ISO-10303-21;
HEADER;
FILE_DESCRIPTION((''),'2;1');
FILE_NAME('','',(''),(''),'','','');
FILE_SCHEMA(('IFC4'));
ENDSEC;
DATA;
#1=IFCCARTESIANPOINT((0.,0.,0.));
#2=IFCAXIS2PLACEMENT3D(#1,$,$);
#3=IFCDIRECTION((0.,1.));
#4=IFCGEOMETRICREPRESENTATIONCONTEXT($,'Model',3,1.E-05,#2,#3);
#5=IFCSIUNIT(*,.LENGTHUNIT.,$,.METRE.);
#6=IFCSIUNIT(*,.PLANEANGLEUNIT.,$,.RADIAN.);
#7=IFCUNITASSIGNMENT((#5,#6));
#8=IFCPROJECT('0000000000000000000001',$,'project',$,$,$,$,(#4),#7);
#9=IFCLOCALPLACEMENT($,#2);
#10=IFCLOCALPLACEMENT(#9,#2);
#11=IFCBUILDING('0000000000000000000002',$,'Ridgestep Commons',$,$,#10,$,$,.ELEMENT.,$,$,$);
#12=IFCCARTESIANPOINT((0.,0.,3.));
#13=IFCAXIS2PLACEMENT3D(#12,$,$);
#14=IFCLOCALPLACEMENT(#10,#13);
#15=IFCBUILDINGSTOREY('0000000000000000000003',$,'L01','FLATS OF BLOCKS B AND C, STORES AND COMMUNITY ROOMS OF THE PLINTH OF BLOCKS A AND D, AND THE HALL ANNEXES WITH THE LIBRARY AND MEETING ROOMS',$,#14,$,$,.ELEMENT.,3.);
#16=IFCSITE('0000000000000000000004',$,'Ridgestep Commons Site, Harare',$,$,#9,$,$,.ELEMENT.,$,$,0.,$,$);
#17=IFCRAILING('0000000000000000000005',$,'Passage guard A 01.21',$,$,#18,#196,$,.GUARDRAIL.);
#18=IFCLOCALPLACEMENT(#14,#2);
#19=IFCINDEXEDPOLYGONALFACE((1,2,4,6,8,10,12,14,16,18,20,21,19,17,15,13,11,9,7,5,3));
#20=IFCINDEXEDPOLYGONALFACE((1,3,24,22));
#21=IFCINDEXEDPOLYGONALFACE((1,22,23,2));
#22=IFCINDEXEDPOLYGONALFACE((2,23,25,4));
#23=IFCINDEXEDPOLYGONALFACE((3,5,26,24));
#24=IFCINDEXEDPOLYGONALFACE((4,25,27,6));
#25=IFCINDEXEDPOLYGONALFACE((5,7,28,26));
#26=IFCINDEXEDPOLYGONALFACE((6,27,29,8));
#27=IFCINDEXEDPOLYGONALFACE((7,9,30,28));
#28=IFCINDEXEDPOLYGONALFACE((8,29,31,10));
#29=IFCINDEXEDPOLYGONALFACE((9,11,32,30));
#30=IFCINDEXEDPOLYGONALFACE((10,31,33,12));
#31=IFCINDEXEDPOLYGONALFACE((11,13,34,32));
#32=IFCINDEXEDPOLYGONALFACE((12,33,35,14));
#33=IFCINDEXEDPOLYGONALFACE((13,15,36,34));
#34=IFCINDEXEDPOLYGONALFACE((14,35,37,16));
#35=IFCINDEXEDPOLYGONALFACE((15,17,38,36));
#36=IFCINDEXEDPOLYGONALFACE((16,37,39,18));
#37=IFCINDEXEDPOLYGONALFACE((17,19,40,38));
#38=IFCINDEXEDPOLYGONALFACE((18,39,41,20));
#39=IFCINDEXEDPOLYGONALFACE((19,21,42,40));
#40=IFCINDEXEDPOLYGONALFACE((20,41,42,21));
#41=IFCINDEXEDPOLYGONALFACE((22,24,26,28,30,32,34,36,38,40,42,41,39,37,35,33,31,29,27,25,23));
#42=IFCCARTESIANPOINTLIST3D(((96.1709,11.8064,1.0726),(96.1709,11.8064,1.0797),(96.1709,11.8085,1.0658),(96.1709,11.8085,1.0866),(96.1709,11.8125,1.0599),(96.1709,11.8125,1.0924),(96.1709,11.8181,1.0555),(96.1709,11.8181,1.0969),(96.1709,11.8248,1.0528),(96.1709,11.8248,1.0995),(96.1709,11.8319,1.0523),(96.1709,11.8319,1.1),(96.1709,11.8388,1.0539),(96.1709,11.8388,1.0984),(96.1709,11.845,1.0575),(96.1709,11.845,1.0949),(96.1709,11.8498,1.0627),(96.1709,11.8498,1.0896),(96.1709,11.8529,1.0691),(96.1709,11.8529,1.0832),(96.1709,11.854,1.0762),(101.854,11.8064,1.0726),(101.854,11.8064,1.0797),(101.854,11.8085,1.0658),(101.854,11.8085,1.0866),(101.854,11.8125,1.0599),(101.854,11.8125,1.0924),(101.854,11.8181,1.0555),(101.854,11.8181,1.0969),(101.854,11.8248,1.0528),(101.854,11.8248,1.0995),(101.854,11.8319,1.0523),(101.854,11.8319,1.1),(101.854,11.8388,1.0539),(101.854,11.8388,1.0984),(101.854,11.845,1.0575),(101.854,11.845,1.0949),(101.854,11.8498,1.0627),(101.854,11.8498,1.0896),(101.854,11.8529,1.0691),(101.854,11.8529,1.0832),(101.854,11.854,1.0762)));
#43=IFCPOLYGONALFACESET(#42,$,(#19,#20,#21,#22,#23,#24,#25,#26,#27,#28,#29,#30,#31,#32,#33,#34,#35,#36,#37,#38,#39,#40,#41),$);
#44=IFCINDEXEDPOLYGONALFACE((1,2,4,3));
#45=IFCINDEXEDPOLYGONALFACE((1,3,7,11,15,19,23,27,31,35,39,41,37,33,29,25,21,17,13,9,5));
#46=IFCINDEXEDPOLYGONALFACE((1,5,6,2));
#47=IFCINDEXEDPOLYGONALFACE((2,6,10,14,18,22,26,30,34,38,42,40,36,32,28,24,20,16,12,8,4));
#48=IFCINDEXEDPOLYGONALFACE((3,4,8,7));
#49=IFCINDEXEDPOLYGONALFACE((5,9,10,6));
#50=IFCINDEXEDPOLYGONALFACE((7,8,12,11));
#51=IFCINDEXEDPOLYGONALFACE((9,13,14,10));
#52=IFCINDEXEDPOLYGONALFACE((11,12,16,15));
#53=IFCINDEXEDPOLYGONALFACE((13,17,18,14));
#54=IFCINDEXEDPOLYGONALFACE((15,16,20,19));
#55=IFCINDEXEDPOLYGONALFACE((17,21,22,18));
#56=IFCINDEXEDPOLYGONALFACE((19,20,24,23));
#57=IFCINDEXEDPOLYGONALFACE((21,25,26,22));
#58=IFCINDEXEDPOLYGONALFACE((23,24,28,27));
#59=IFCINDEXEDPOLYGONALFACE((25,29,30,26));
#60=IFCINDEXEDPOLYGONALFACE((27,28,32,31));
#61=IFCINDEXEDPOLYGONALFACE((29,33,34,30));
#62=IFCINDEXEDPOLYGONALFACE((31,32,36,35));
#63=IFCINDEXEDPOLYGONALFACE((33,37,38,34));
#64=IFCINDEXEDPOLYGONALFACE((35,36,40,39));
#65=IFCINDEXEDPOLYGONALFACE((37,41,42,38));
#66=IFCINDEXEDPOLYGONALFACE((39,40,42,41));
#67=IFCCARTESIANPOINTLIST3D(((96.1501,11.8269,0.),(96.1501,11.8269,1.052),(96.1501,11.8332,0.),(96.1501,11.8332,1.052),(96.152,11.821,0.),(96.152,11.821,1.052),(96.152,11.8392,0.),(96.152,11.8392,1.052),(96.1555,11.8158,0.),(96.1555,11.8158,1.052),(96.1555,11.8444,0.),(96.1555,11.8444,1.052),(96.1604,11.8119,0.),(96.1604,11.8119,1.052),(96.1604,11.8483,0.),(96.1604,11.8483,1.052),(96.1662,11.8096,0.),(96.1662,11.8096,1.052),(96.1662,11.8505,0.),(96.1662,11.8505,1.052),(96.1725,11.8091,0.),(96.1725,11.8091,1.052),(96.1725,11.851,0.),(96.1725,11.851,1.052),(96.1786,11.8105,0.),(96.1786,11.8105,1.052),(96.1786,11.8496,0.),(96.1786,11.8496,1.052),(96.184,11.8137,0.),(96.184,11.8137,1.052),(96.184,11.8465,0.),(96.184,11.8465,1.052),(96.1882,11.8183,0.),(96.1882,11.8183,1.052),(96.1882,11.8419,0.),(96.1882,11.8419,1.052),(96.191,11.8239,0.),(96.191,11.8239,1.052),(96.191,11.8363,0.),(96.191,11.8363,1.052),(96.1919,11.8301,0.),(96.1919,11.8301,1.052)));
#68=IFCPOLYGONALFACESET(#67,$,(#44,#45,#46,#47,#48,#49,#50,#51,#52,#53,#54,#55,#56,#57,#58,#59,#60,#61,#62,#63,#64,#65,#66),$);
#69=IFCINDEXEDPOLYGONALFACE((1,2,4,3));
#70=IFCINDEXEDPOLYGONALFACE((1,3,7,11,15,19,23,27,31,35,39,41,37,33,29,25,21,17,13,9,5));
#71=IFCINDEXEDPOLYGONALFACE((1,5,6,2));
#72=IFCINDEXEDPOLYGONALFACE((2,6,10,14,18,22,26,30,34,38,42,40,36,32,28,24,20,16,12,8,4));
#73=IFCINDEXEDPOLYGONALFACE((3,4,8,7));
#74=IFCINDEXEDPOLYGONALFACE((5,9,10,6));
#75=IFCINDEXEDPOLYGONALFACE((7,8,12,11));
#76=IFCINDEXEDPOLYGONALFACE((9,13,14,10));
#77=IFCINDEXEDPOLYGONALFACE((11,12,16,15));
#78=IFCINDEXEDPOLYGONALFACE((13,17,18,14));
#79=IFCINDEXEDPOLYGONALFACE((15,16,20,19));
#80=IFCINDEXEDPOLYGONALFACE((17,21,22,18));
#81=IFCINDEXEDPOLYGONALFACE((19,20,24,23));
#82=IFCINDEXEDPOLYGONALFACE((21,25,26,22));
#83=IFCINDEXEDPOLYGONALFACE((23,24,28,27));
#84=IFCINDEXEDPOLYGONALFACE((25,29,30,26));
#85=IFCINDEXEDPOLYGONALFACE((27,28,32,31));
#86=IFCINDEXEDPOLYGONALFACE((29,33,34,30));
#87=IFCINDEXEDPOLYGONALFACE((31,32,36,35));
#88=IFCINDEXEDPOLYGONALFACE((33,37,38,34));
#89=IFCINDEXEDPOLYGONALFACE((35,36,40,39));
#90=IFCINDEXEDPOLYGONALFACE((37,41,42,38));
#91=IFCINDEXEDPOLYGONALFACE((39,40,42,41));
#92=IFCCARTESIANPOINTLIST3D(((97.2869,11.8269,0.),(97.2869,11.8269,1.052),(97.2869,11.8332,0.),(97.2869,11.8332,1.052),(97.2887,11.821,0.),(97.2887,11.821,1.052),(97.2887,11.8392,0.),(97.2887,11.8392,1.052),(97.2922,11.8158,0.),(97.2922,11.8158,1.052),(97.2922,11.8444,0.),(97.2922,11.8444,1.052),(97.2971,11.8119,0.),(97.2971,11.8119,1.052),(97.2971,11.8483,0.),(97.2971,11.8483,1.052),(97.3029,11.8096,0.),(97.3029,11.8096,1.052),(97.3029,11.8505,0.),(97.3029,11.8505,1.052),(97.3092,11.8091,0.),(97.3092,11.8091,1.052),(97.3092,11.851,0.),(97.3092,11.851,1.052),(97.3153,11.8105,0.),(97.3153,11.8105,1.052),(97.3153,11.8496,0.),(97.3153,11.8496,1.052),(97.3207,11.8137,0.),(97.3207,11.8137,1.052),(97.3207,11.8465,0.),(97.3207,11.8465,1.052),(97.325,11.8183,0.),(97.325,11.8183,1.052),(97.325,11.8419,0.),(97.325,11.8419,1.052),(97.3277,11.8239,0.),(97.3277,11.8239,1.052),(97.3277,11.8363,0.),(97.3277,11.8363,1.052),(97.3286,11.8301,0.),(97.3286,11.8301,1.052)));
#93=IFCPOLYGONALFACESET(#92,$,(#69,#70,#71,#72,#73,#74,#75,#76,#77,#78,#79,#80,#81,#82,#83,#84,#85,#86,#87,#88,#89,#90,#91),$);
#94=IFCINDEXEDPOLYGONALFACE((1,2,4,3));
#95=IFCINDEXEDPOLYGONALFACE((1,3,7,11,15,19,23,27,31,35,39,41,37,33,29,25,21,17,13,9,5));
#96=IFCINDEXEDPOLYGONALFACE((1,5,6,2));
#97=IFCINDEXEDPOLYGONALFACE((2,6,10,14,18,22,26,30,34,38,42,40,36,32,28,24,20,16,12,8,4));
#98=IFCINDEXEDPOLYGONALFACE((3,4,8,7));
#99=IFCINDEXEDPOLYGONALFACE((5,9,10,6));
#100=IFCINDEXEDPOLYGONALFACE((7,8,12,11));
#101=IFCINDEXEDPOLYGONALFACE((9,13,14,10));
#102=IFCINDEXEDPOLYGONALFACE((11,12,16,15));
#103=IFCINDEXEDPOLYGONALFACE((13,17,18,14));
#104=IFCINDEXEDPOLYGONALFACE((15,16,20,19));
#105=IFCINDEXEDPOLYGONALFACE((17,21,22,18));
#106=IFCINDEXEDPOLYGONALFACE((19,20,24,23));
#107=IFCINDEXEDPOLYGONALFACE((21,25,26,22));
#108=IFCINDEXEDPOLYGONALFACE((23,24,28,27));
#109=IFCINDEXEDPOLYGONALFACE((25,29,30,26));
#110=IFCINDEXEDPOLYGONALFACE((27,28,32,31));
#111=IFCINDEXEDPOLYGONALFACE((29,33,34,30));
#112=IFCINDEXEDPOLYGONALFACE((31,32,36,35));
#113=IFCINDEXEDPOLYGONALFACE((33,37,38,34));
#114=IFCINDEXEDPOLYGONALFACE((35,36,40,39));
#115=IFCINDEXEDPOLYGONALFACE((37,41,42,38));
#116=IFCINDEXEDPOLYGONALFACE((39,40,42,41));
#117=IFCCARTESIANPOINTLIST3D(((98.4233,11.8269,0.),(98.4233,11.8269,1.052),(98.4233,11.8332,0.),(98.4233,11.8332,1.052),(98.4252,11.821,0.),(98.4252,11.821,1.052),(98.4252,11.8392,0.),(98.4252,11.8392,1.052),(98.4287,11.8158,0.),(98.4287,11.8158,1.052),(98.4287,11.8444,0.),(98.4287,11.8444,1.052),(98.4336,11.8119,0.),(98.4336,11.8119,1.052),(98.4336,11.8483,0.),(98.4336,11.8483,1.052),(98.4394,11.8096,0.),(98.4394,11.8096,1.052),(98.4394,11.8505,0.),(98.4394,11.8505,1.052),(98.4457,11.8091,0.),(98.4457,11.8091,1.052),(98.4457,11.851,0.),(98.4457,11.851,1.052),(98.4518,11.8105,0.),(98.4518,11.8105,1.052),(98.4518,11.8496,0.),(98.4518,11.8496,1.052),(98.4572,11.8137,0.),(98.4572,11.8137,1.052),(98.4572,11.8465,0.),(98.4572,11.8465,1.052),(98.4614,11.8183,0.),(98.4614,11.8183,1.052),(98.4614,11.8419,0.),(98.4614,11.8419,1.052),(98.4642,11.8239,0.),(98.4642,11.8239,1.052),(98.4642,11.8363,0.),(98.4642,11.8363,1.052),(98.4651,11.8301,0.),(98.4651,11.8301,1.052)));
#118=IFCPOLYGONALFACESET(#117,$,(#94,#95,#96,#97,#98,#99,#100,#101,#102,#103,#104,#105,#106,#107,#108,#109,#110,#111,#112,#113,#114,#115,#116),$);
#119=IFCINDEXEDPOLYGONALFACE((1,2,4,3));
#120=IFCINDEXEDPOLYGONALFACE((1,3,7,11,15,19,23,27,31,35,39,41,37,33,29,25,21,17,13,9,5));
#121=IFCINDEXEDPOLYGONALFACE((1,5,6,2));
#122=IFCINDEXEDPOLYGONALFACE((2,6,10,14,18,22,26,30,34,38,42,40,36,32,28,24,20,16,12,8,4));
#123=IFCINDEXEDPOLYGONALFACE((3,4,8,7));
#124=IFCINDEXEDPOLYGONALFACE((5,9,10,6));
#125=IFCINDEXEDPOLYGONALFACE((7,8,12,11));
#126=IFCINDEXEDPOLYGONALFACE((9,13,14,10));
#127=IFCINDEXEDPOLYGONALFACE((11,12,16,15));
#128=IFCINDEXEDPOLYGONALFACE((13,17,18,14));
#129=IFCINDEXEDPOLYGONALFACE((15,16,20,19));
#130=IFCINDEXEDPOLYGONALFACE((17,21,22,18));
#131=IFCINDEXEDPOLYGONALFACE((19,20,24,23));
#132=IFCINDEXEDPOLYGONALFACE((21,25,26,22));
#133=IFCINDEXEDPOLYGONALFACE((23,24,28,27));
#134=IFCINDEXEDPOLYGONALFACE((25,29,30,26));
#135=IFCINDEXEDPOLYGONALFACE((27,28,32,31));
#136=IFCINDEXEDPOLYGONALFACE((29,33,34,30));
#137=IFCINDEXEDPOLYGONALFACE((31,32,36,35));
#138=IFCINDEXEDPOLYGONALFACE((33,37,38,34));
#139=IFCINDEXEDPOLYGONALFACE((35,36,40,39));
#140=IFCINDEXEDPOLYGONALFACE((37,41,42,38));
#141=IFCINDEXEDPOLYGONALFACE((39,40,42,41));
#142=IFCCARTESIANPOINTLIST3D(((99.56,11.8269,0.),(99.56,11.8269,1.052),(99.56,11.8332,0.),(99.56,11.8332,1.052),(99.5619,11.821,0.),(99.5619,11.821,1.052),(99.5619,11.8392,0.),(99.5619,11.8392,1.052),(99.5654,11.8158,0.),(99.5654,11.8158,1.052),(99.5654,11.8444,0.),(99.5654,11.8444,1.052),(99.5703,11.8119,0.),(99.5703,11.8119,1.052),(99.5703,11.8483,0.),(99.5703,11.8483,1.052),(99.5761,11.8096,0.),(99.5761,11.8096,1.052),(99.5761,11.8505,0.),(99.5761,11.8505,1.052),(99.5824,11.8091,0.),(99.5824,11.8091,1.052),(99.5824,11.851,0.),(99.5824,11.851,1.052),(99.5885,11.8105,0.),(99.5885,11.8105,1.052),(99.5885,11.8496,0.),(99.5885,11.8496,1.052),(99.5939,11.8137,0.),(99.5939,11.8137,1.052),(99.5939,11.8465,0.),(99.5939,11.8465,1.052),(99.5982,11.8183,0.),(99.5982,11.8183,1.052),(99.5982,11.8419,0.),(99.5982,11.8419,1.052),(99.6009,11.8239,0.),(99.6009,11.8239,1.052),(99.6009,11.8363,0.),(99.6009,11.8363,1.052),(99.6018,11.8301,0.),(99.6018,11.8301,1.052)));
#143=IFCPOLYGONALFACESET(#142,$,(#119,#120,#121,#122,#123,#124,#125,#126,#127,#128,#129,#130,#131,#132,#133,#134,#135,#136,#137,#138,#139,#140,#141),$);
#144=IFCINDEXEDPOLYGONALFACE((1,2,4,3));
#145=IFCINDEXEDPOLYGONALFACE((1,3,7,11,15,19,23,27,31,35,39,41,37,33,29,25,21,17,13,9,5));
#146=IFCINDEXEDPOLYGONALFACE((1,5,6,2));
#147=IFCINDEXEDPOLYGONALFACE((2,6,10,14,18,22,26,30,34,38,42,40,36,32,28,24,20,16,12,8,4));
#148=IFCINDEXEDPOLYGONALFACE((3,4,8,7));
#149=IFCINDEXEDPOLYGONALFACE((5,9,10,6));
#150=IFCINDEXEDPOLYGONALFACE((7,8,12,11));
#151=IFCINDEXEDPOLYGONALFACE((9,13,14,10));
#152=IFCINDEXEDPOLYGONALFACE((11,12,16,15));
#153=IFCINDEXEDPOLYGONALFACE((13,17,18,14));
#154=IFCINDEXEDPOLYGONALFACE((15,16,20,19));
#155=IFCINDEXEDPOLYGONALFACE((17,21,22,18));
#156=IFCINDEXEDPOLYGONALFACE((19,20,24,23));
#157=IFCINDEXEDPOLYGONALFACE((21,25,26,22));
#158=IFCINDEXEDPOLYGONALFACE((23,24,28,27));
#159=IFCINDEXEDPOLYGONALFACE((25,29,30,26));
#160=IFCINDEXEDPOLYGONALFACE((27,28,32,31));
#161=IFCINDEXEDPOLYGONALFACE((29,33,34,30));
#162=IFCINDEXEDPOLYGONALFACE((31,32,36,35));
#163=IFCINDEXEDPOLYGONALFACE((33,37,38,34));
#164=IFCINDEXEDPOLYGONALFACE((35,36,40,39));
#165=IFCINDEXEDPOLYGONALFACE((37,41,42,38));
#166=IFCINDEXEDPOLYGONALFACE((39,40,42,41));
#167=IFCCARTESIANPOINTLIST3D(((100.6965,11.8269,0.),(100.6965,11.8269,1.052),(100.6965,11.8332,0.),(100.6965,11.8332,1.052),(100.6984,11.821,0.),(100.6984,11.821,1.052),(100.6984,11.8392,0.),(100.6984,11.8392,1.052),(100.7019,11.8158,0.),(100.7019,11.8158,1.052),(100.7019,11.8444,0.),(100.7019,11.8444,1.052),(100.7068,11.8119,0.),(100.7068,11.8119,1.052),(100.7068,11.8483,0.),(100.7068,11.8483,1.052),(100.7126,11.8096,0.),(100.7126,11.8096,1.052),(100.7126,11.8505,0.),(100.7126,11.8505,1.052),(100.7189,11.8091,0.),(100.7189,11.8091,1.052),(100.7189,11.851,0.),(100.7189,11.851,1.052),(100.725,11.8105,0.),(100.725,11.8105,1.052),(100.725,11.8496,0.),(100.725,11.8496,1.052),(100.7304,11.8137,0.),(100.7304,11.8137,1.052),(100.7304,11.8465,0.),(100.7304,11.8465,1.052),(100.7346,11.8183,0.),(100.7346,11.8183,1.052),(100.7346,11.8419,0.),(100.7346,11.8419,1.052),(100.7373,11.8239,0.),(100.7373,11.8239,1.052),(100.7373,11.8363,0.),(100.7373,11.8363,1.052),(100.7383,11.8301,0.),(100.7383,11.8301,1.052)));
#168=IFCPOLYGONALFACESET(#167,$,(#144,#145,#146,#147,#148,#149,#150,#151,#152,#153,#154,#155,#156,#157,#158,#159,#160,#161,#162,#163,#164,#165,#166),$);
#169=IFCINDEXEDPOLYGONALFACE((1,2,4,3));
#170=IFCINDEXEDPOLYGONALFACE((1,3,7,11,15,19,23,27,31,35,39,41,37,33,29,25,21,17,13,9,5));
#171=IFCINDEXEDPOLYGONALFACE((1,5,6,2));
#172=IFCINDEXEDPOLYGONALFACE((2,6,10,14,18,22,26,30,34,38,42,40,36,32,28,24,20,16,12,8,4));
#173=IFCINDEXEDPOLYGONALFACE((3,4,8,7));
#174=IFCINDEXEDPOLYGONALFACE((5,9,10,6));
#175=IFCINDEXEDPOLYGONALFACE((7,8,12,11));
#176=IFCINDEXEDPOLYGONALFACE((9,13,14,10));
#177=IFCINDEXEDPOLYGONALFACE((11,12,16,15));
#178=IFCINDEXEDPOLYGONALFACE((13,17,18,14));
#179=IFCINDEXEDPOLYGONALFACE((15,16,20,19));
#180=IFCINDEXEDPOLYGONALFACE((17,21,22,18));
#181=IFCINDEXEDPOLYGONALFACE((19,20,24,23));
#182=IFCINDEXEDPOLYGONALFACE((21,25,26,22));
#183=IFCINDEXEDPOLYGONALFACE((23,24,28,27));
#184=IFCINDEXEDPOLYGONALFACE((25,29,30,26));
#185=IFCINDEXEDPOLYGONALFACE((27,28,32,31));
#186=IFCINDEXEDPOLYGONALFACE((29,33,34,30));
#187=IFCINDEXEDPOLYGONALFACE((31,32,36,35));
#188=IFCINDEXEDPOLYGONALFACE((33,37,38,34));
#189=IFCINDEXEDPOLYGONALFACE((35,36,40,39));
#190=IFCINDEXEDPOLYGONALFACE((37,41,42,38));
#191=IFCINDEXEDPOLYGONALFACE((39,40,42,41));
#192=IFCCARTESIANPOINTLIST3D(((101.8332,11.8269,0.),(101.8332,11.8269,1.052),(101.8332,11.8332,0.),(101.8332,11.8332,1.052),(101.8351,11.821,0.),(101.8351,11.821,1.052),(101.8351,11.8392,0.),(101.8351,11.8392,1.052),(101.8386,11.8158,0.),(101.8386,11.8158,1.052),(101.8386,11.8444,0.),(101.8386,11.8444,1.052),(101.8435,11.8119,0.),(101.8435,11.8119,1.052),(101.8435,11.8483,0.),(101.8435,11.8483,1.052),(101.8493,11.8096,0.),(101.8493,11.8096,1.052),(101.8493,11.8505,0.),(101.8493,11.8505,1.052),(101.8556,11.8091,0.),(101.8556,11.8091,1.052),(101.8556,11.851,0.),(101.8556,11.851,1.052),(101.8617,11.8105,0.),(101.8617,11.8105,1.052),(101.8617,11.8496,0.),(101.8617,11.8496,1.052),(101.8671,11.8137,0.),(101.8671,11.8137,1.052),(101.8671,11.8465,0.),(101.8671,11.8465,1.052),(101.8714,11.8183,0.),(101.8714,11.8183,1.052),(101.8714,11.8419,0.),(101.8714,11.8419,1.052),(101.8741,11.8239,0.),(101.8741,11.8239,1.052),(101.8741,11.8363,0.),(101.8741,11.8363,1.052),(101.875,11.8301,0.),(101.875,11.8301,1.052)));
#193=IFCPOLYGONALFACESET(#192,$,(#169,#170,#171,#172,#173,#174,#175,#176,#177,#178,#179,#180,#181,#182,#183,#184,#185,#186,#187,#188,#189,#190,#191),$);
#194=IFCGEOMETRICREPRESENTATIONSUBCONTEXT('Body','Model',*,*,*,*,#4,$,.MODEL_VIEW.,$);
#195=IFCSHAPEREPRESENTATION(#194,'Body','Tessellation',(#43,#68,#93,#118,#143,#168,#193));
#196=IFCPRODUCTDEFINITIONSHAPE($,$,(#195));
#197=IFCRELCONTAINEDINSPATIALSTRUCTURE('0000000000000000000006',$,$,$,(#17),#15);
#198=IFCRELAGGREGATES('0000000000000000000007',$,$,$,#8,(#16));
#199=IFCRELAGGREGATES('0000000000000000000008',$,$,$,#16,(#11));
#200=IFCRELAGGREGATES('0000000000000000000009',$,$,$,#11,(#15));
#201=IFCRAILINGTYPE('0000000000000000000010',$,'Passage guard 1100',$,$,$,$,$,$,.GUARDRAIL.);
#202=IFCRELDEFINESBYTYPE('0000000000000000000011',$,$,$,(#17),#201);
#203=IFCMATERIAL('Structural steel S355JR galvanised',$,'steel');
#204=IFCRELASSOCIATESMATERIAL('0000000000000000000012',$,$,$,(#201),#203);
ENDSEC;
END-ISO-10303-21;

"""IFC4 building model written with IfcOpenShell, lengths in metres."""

from ifc_helpers import new_model, si_unit, direction, frame, origin, origin_2d, place, context, subcontext, project, spatial, circle, extrude, material, type_object, element, save


model = new_model("IFC4")

# Units and contexts
model_context = context("Model", 3, precision=1e-05, world=origin(), true_north=direction((0.0, 1.0)))
body_context = subcontext(model_context, "Body", "Model", "MODEL_VIEW")
ifc_project = project(units=[si_unit("LENGTHUNIT", "METRE"), si_unit("PLANEANGLEUNIT", "RADIAN")], contexts=[model_context])

# Site, building, storey
site_placement = place(None, origin())
site = spatial("IfcSite", under=ifc_project, at=site_placement, Name="Ridgestep Commons Site, Harare", CompositionType="ELEMENT", RefElevation=0.0)
building_placement = place(site_placement, origin())
building = spatial("IfcBuilding", under=site, at=building_placement, Name="Ridgestep Commons", CompositionType="ELEMENT")
storey_placement = place(building_placement, frame((0.0, 0.0, 3.0)))
storey = spatial("IfcBuildingStorey", under=building, at=storey_placement, Name="L01", Description="FLATS OF BLOCKS B AND C, STORES AND COMMUNITY ROOMS OF THE PLINTH OF BLOCKS A AND D, AND THE HALL ANNEXES WITH THE LIBRARY AND MEETING ROOMS", CompositionType="ELEMENT", Elevation=3.0)

# Railing
ifc_material_1 = material(Name="Structural steel S355JR galvanised", Category="steel")
railing_type = type_object("IfcRailingType", Name="Passage guard 1100", PredefinedType="GUARDRAIL", material=ifc_material_1)
for number, where, name in (
    (1, (96.1709, 11.8301, 0.0), "Passage guard A 01.21"),
):
    element("IfcRailing", number, at=place(storey_placement, frame(where)), inside=storey, type_object=railing_type, Name=name, PredefinedType="GUARDRAIL", context=body_context, shape_type="SweptSolid", body=[
        extrude(circle(Radius=0.0239, at=origin_2d()), frame((0.0, 0.0, 1.0762), z_axis=(1.0, 0.0, 0.0), x_axis=(0.0, 1.0, 0.0)), (0.0, 0.0, 1.0), 5.6831),
        extrude(circle(Radius=0.021, at=origin_2d()), origin(), (0.0, 0.0, 1.0), 1.052),
        extrude(circle(Radius=0.021, at=origin_2d()), frame((1.1367, 0.0, 0.0)), (0.0, 0.0, 1.0), 1.052),
        extrude(circle(Radius=0.021, at=origin_2d()), frame((2.2732, 0.0, 0.0)), (0.0, 0.0, 1.0), 1.052),
        extrude(circle(Radius=0.021, at=origin_2d()), frame((3.4099, 0.0, 0.0)), (0.0, 0.0, 1.0), 1.052),
        extrude(circle(Radius=0.021, at=origin_2d()), frame((4.5464, 0.0, 0.0)), (0.0, 0.0, 1.0), 1.052),
        extrude(circle(Radius=0.021, at=origin_2d()), frame((5.6831, 0.0, 0.0)), (0.0, 0.0, 1.0), 1.052),
    ])

save(model, "model.ifc")
